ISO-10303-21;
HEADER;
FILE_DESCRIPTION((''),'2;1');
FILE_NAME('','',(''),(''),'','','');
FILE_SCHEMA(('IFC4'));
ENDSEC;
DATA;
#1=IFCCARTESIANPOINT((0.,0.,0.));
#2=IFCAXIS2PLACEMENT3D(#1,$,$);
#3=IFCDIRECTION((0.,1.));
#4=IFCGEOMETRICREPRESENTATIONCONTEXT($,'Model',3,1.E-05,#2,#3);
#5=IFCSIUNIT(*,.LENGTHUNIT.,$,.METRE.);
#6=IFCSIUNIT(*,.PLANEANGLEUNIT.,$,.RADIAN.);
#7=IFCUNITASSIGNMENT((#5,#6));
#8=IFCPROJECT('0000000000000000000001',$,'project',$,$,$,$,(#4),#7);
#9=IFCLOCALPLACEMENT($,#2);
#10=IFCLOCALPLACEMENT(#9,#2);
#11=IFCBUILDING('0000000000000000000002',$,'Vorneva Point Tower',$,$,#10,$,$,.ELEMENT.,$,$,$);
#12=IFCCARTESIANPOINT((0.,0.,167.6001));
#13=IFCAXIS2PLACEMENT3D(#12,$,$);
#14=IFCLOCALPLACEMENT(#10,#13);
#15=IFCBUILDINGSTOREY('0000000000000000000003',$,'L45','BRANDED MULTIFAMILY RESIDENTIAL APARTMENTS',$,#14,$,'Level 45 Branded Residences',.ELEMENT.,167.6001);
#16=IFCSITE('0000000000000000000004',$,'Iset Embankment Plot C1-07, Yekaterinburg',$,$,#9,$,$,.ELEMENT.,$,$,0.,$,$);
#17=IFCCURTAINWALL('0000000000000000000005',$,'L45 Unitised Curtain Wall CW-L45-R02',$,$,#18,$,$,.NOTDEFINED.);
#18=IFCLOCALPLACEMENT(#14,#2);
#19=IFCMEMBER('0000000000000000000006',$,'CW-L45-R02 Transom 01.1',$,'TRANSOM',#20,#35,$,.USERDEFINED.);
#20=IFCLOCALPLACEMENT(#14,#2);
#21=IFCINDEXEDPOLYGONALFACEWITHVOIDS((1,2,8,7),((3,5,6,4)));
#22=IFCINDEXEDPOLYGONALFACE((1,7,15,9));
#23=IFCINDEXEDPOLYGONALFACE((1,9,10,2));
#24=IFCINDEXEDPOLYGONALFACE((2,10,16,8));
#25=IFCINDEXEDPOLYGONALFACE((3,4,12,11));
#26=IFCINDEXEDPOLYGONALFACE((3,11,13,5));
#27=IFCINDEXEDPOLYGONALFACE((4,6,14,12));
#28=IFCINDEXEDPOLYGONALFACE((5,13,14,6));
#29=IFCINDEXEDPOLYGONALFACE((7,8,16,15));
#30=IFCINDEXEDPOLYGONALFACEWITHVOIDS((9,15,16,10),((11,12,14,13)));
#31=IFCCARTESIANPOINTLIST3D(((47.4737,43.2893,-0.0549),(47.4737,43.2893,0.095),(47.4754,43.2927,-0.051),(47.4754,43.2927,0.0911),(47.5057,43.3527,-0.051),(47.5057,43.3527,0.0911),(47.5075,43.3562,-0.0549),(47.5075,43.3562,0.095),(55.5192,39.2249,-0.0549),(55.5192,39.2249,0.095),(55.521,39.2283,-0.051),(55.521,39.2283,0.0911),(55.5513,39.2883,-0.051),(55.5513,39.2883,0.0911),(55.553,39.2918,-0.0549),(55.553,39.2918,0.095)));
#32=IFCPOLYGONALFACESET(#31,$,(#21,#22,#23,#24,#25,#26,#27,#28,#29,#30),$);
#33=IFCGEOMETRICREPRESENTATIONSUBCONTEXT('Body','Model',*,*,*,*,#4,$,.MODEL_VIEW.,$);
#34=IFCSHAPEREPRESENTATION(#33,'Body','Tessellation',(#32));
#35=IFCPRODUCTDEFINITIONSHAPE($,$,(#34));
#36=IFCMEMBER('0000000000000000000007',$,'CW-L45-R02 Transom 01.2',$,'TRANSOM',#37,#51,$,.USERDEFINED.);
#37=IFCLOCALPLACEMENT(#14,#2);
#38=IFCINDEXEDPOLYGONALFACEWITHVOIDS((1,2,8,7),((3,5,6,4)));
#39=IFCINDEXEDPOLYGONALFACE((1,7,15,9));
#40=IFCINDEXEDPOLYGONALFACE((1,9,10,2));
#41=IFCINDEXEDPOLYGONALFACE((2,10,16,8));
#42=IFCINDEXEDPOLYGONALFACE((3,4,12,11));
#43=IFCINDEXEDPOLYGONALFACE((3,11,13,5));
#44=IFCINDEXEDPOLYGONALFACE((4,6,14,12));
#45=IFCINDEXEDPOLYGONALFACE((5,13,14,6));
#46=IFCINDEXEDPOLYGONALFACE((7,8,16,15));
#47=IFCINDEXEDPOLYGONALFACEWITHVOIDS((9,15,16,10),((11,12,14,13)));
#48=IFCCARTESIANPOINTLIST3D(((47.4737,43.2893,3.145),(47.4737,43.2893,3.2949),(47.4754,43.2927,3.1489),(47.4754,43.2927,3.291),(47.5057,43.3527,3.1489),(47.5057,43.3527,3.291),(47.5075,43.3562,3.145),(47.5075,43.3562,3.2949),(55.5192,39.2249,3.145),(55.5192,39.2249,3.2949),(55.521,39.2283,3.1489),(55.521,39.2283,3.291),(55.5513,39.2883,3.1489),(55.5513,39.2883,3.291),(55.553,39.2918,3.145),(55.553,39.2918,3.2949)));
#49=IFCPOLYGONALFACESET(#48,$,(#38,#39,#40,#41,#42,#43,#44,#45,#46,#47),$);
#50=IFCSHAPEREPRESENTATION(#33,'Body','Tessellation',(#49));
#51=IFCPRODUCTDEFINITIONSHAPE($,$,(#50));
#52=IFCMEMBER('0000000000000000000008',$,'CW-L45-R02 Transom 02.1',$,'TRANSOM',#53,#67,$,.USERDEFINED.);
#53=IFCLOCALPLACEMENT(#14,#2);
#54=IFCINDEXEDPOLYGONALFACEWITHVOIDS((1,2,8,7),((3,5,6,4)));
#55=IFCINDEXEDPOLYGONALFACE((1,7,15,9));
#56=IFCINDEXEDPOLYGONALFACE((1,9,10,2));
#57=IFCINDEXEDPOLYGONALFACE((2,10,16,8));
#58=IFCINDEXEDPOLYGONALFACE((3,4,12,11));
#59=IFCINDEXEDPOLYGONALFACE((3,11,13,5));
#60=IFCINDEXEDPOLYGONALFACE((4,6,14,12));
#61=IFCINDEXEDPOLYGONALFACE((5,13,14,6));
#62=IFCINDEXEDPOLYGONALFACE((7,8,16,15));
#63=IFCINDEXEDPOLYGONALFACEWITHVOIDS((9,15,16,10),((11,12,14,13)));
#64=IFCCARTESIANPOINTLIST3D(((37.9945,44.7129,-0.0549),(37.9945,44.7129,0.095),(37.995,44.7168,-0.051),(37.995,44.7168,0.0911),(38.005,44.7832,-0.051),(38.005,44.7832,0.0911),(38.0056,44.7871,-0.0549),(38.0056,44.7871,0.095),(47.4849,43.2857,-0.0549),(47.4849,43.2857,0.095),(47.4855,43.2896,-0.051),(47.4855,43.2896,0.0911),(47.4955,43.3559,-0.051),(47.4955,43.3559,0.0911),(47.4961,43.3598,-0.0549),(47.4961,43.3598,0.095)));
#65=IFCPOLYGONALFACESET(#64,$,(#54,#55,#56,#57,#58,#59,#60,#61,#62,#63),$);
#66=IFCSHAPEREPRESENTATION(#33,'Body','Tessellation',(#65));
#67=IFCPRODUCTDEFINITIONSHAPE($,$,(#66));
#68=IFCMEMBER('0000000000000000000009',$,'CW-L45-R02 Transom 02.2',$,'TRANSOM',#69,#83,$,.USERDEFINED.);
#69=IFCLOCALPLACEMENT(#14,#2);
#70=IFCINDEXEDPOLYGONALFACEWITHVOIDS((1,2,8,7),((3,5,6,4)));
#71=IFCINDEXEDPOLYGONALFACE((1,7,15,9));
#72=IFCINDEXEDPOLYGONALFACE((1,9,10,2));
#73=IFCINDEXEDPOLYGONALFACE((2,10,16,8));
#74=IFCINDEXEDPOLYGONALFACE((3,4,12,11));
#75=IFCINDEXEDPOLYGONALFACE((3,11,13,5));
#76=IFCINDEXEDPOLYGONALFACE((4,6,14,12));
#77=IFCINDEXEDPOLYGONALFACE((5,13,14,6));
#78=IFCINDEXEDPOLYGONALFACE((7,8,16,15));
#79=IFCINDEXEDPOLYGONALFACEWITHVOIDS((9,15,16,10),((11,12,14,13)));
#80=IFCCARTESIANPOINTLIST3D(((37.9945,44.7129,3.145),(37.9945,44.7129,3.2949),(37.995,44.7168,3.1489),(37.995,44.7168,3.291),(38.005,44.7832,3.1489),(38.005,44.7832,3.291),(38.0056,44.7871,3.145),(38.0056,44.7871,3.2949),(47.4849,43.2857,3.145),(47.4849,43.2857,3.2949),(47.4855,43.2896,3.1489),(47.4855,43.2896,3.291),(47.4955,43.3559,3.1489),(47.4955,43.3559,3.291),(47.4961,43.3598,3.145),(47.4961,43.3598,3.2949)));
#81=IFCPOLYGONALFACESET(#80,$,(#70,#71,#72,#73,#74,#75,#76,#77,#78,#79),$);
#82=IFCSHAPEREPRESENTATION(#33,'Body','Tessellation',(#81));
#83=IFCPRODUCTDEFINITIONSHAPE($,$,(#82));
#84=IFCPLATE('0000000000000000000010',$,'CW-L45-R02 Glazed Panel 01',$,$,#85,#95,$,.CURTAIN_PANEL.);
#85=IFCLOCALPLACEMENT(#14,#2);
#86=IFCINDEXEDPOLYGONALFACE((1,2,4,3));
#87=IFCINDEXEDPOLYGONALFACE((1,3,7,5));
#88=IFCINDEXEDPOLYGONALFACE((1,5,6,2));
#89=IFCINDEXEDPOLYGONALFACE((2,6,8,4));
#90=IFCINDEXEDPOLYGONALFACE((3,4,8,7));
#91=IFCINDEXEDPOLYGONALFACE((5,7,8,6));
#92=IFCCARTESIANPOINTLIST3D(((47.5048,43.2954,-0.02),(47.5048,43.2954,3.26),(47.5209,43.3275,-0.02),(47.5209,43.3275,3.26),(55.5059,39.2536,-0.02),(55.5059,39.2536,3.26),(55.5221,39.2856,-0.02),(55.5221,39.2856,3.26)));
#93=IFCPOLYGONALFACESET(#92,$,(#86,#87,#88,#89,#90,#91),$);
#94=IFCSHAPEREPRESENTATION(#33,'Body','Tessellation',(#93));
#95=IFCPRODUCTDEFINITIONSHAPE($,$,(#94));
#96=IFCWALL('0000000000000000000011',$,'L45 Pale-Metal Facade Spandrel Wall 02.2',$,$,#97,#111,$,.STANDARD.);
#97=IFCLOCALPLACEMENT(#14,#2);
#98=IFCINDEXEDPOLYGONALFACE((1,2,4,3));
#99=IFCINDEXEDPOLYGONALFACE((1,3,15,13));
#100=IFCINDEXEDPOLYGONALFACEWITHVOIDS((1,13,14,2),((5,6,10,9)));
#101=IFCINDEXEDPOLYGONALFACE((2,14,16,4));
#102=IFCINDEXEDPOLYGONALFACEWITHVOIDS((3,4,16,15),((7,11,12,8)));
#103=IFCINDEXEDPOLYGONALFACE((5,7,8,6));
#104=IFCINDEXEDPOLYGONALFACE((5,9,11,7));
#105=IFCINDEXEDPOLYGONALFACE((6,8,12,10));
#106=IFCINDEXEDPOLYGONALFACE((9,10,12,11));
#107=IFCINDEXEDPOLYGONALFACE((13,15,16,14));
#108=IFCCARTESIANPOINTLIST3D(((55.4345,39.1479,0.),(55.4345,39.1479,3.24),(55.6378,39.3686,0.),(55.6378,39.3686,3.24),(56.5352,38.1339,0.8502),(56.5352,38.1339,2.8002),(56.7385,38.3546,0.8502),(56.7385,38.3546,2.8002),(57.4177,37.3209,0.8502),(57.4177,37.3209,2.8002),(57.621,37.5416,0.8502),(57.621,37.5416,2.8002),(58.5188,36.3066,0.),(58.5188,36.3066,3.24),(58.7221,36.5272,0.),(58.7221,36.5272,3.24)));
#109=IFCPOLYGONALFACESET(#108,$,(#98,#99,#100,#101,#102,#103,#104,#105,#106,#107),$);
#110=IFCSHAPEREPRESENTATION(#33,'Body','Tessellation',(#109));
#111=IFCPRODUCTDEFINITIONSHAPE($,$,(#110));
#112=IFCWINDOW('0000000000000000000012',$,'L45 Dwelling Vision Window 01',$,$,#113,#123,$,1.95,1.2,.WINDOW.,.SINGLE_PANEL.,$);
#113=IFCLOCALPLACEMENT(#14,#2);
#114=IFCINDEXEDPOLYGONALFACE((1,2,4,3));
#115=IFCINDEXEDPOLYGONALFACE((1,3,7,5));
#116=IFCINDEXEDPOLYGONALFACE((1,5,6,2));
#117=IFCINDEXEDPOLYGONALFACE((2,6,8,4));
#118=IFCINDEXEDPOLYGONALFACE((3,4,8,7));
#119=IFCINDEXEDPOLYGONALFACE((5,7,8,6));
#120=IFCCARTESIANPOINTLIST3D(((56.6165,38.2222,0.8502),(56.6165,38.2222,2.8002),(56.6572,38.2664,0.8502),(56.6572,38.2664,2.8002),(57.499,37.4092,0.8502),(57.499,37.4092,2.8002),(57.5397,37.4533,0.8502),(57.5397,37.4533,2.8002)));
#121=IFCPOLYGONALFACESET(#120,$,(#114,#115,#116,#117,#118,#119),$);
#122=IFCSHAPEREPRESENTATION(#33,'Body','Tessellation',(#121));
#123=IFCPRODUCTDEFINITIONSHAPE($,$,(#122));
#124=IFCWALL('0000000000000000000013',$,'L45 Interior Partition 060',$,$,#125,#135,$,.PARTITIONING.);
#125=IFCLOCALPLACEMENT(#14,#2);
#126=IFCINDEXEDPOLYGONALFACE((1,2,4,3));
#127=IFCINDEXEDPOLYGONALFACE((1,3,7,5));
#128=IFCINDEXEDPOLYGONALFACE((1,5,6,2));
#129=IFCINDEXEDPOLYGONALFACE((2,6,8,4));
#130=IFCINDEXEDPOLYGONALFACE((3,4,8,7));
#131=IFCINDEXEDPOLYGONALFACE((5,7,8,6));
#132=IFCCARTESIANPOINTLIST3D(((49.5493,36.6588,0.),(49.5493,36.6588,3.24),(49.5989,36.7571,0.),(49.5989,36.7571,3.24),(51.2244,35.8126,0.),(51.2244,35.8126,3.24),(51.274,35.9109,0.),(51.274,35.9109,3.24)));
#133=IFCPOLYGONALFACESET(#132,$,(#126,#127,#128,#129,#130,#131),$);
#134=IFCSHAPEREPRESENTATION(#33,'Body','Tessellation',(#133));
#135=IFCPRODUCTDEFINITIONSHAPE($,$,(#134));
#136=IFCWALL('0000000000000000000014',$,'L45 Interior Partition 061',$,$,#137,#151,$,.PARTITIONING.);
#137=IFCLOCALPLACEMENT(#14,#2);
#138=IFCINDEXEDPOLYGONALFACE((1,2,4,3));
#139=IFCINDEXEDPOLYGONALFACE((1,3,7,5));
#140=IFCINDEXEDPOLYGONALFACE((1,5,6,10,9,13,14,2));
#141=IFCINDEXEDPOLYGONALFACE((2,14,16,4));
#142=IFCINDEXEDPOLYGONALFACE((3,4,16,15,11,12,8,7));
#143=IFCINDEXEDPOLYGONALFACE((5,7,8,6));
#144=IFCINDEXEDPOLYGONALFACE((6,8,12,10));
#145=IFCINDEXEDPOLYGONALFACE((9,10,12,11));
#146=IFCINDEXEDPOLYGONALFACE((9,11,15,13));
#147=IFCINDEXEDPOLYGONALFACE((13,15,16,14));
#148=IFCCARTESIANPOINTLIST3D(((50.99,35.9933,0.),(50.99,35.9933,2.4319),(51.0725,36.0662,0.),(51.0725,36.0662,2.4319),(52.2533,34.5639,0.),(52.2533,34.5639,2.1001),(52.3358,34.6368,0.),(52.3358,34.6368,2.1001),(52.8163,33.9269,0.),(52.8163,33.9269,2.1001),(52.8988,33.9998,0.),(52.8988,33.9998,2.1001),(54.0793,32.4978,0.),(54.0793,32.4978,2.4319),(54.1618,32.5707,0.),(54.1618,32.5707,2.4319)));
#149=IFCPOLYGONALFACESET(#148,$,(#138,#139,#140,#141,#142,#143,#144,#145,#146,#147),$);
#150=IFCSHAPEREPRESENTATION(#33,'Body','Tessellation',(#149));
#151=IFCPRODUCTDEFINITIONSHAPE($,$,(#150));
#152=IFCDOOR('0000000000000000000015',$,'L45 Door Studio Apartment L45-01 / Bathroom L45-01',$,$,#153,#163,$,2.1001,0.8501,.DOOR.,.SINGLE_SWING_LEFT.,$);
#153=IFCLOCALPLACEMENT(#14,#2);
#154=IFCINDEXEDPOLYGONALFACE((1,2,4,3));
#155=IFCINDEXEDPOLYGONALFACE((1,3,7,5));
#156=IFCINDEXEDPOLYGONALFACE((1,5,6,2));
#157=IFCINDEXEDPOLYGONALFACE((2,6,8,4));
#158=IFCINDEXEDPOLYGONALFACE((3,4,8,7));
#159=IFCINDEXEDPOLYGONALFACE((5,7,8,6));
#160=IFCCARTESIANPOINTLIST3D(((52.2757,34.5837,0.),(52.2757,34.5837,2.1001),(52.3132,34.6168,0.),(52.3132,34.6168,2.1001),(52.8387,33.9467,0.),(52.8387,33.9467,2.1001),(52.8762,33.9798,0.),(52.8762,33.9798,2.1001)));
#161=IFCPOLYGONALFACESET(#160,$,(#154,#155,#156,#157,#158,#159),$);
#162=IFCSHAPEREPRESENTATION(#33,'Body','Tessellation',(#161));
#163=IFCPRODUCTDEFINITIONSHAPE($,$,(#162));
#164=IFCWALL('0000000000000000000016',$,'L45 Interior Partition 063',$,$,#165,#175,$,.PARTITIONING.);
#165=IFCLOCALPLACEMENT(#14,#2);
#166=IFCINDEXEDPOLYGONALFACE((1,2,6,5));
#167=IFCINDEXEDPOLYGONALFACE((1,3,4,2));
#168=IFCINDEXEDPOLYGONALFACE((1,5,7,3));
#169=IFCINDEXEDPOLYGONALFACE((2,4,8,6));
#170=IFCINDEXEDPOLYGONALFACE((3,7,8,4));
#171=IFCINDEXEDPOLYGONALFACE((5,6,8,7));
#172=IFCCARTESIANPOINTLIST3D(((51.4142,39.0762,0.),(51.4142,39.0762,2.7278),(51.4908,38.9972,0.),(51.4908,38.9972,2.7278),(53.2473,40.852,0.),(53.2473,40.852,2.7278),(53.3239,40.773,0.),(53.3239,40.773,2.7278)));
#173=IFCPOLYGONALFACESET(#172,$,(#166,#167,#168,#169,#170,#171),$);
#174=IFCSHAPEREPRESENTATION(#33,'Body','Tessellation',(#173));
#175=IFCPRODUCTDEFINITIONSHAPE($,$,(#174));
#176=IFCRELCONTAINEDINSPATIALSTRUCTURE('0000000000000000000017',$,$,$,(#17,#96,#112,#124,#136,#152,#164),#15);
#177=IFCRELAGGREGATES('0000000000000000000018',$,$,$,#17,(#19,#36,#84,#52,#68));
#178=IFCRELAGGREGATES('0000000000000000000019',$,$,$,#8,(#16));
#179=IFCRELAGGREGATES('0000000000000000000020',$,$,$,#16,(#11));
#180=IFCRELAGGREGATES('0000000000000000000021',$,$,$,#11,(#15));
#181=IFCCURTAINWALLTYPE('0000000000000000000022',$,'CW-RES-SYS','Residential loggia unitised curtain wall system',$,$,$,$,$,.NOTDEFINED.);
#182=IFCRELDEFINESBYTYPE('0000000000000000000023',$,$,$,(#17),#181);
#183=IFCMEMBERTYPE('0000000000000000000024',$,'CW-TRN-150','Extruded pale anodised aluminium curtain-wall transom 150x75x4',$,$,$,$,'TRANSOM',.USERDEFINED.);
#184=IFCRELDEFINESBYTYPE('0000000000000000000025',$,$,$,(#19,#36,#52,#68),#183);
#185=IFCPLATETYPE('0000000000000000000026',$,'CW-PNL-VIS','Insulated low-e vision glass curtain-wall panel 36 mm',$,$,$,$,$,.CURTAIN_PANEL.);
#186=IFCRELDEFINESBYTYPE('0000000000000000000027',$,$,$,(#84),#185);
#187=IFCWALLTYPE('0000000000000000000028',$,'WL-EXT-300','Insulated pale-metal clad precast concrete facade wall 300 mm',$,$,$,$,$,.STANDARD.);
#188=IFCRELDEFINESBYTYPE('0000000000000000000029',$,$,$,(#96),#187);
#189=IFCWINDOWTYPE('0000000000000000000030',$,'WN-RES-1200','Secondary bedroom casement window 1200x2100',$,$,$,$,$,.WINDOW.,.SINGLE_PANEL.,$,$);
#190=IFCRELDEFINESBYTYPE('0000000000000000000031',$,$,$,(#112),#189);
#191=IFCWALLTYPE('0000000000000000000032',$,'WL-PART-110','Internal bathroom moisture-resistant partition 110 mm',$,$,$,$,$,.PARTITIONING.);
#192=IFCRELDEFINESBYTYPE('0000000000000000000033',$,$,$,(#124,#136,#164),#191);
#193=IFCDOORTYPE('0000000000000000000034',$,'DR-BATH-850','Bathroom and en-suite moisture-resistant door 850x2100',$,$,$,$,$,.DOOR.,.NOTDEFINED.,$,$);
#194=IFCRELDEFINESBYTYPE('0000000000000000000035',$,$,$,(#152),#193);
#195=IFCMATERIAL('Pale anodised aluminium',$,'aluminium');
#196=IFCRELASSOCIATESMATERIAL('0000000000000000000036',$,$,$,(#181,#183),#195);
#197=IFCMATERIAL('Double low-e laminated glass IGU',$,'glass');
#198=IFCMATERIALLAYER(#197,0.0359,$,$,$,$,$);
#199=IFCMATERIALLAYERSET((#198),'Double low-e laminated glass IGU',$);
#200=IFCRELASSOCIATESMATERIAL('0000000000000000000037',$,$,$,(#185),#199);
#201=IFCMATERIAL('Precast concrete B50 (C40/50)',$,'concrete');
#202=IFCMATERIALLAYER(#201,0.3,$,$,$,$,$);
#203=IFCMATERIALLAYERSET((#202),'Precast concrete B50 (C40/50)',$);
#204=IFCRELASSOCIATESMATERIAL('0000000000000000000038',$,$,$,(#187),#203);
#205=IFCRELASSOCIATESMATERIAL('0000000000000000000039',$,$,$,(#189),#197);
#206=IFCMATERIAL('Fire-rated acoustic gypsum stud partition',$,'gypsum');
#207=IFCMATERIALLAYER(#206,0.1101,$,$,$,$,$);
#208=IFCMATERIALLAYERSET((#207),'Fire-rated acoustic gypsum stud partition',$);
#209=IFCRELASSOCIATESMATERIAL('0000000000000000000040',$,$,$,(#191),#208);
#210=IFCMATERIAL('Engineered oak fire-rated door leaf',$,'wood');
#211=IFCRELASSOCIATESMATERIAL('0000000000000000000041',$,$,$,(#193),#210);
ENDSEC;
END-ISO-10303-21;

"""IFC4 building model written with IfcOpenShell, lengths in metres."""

from ifc_helpers import new_model, si_unit, direction, frame, frame_2d, origin, origin_2d, place, context, subcontext, project, spatial, rectangle, hollow_rectangle, extrude, material, layer, layer_set, material_profile, profile_set, type_object, element, fill, aggregate, save


model = new_model("IFC4")

# Units and contexts
model_context = context("Model", 3, precision=1e-05, world=origin(), true_north=direction((0.0, 1.0)))
body_context = subcontext(model_context, "Body", "Model", "MODEL_VIEW")
ifc_project = project(units=[si_unit("LENGTHUNIT", "METRE"), si_unit("PLANEANGLEUNIT", "RADIAN")], contexts=[model_context])

# Site, building, storey
site_placement = place(None, origin())
site = spatial("IfcSite", under=ifc_project, at=site_placement, Name="Iset Embankment Plot C1-07, Yekaterinburg", CompositionType="ELEMENT", RefElevation=0.0)
building_placement = place(site_placement, origin())
building = spatial("IfcBuilding", under=site, at=building_placement, Name="Vorneva Point Tower", CompositionType="ELEMENT")
storey_placement = place(building_placement, frame((0.0, 0.0, 167.6001)))
storey = spatial("IfcBuildingStorey", under=building, at=storey_placement, Name="L45", Description="BRANDED MULTIFAMILY RESIDENTIAL APARTMENTS", LongName="Level 45 Branded Residences", CompositionType="ELEMENT", Elevation=167.6001)

# Curtain wall, members, plate
ifc_material_1 = material(Name="Pale anodised aluminium", Category="aluminium")
curtain_wall_type = type_object("IfcCurtainWallType", Name="CW-RES-SYS", Description="Residential loggia unitised curtain wall system", PredefinedType="NOTDEFINED", material=ifc_material_1)
curtain_wall_placement = place(storey_placement, origin())
curtain_wall = element("IfcCurtainWall", 1, at=curtain_wall_placement, inside=storey, type_object=curtain_wall_type, Name="L45 Unitised Curtain Wall CW-L45-R02", PredefinedType="NOTDEFINED")
ifc_material_profile_1 = material_profile(ifc_material_1, hollow_rectangle(XDim=0.075, YDim=0.1499, WallThickness=0.0039, at=origin_2d()), Name="AL-TRN 150x75x4")
ifc_profile_set_1 = profile_set([ifc_material_profile_1], Name="Pale anodised aluminium")
member_type_1 = type_object("IfcMemberType", Name="CW-TRN-150", Description="Extruded pale anodised aluminium curtain-wall transom 150x75x4", ElementType="TRANSOM", PredefinedType="USERDEFINED", material=ifc_profile_set_1)
member_1_placement = place(storey_placement, frame((55.5361, 39.2583, 0.02), z_axis=(-0.892572, 0.450904, 0.0), x_axis=(-0.450904, -0.892572, 0.0)))
member_1 = element("IfcMember", 2, at=member_1_placement, type_object=member_type_1, Name="CW-L45-R02 Transom 01.1", ObjectType="TRANSOM", PredefinedType="USERDEFINED", context=body_context, shape_type="SweptSolid", body=[
    extrude(hollow_rectangle(XDim=0.075, YDim=0.1499, WallThickness=0.0039, at=origin_2d()), origin(), (0.0, 0.0, 1.0), 9.0139),
])
member_2_placement = place(storey_placement, frame((55.5361, 39.2583, 3.22), z_axis=(-0.892572, 0.450904, 0.0), x_axis=(-0.450904, -0.892572, 0.0)))
member_2 = element("IfcMember", 3, at=member_2_placement, type_object=member_type_1, Name="CW-L45-R02 Transom 01.2", ObjectType="TRANSOM", PredefinedType="USERDEFINED", context=body_context, shape_type="SweptSolid", body=[
    extrude(hollow_rectangle(XDim=0.075, YDim=0.1499, WallThickness=0.0039, at=origin_2d()), origin(), (0.0, 0.0, 1.0), 9.0139),
])
member_3_placement = place(storey_placement, frame((47.4905, 43.3228, 0.02), z_axis=(-0.98888, 0.148715, 0.0), x_axis=(-0.148715, -0.98888, 0.0)))
member_3 = element("IfcMember", 4, at=member_3_placement, type_object=member_type_1, Name="CW-L45-R02 Transom 02.1", ObjectType="TRANSOM", PredefinedType="USERDEFINED", context=body_context, shape_type="SweptSolid", body=[
    extrude(hollow_rectangle(XDim=0.075, YDim=0.1499, WallThickness=0.0039, at=origin_2d()), origin(), (0.0, 0.0, 1.0), 9.5972),
])
member_4_placement = place(storey_placement, frame((47.4905, 43.3228, 3.22), z_axis=(-0.98888, 0.148715, 0.0), x_axis=(-0.148715, -0.98888, 0.0)))
member_4 = element("IfcMember", 5, at=member_4_placement, type_object=member_type_1, Name="CW-L45-R02 Transom 02.2", ObjectType="TRANSOM", PredefinedType="USERDEFINED", context=body_context, shape_type="SweptSolid", body=[
    extrude(hollow_rectangle(XDim=0.075, YDim=0.1499, WallThickness=0.0039, at=origin_2d()), origin(), (0.0, 0.0, 1.0), 9.5972),
])
ifc_material_2 = material(Name="Double low-e laminated glass IGU", Category="glass")
ifc_layer_1 = layer(ifc_material_2, 0.0359)
ifc_layer_set_1 = layer_set([ifc_layer_1], Name="Double low-e laminated glass IGU")
plate_type = type_object("IfcPlateType", Name="CW-PNL-VIS", Description="Insulated low-e vision glass curtain-wall panel 36 mm", PredefinedType="CURTAIN_PANEL", material=ifc_layer_set_1)
plate_placement = place(storey_placement, frame((51.5134, 41.2905, -0.02), z_axis=(0.0, 0.0, 1.0), x_axis=(-0.892578, 0.450893, 0.0)))
plate = element("IfcPlate", 6, at=plate_placement, type_object=plate_type, Name="CW-L45-R02 Glazed Panel 01", PredefinedType="CURTAIN_PANEL", context=body_context, shape_type="SweptSolid", body=[
    extrude(rectangle(XDim=8.9641, YDim=0.0359, at=origin_2d()), origin(), (0.0, 0.0, 1.0), 3.28),
])
aggregate(curtain_wall, [member_1, member_2, plate, member_3, member_4])

# Wall, opening, window
ifc_material_3 = material(Name="Precast concrete B50 (C40/50)", Category="concrete")
ifc_layer_2 = layer(ifc_material_3, 0.3)
ifc_layer_set_2 = layer_set([ifc_layer_2], Name="Precast concrete B50 (C40/50)")
wall_type_1 = type_object("IfcWallType", Name="WL-EXT-300", Description="Insulated pale-metal clad precast concrete facade wall 300 mm", PredefinedType="STANDARD", material=ifc_layer_set_2)
wall_1_placement = place(storey_placement, frame((58.6204, 36.417, 0.0), z_axis=(0.0, 0.0, 1.0), x_axis=(-0.735477, 0.67755, 0.0)))
wall_1 = element("IfcWall", 7, at=wall_1_placement, inside=storey, type_object=wall_type_1, Name="L45 Pale-Metal Facade Spandrel Wall 02.2", PredefinedType="STANDARD", context=body_context, shape_type="SweptSolid", body=[
    extrude(rectangle(XDim=4.1936, YDim=0.3, at=frame_2d((2.0967, 0.0))), origin(), (0.0, 0.0, 1.0), 3.24),
])
opening_1_placement = place(wall_1_placement, frame((1.4968, 0.0, 0.8501)))
opening_1 = element("IfcOpeningElement", 8, at=opening_1_placement, cuts=wall_1, PredefinedType="OPENING", context=body_context, shape_type="SweptSolid", body=[
    extrude(rectangle(XDim=1.2, YDim=1.95, at=frame_2d((0.6001, 0.9751))), frame((0.0, 0.165, 0.0), z_axis=(0.0, -1.0, 0.0), x_axis=(1.0, 0.0, 0.0)), (0.0, 0.0, 1.0), 0.3298),
])
window_type = type_object("IfcWindowType", Name="WN-RES-1200", Description="Secondary bedroom casement window 1200x2100", PartitioningType="SINGLE_PANEL", PredefinedType="WINDOW", material=ifc_material_2)
window_placement = place(opening_1_placement, origin())
window = element("IfcWindow", 9, at=window_placement, inside=storey, type_object=window_type, Name="L45 Dwelling Vision Window 01", OverallHeight=1.95, OverallWidth=1.2, PartitioningType="SINGLE_PANEL", PredefinedType="WINDOW", context=body_context, shape_type="SweptSolid", body=[
    extrude(rectangle(XDim=1.2, YDim=1.95, at=frame_2d((0.6001, 0.9751))), frame((0.0, 0.03, 0.0), z_axis=(0.0, -1.0, 0.0), x_axis=(1.0, 0.0, 0.0)), (0.0, 0.0, 1.0), 0.0601),
])
fill(opening_1, window)

# Wall
ifc_material_4 = material(Name="Fire-rated acoustic gypsum stud partition", Category="gypsum")
ifc_layer_3 = layer(ifc_material_4, 0.1101)
ifc_layer_set_3 = layer_set([ifc_layer_3], Name="Fire-rated acoustic gypsum stud partition")
wall_type_2 = type_object("IfcWallType", Name="WL-PART-110", Description="Internal bathroom moisture-resistant partition 110 mm", PredefinedType="PARTITIONING", material=ifc_layer_set_3)
wall_2_placement = place(storey_placement, frame((49.574, 36.708, 0.0), z_axis=(0.0, 0.0, 1.0), x_axis=(0.892572, -0.450904, 0.0)))
element("IfcWall", 10, at=wall_2_placement, inside=storey, type_object=wall_type_2, Name="L45 Interior Partition 060", PredefinedType="PARTITIONING", context=body_context, shape_type="SweptSolid", body=[
    extrude(rectangle(XDim=1.8767, YDim=0.1101, at=frame_2d((0.9385, 0.0))), origin(), (0.0, 0.0, 1.0), 3.24),
])

# Wall, opening, door
wall_3_placement = place(storey_placement, frame((51.0312, 36.0298, 0.0), z_axis=(0.0, 0.0, 1.0), x_axis=(0.662224, -0.749306, 0.0)))
wall_3 = element("IfcWall", 11, at=wall_3_placement, inside=storey, type_object=wall_type_2, Name="L45 Interior Partition 061", PredefinedType="PARTITIONING", context=body_context, shape_type="SweptSolid", body=[
    extrude(rectangle(XDim=4.665, YDim=0.1101, at=frame_2d((2.3325, 0.0))), origin(), (0.0, 0.0, 1.0), 2.4319),
])
opening_2_placement = place(wall_3_placement, frame((1.9077, 0.0, 0.0)))
opening_2 = element("IfcOpeningElement", 12, at=opening_2_placement, cuts=wall_3, PredefinedType="OPENING", context=body_context, shape_type="SweptSolid", body=[
    extrude(rectangle(XDim=0.8501, YDim=2.1001, at=frame_2d((0.425, 1.05))), frame((0.0, 0.0698, 0.0), z_axis=(0.0, -1.0, 0.0), x_axis=(1.0, 0.0, 0.0)), (0.0, 0.0, 1.0), 0.1399),
])
ifc_material_5 = material(Name="Engineered oak fire-rated door leaf", Category="wood")
door_type_1 = type_object("IfcDoorType", Name="DR-BATH-850", Description="Bathroom and en-suite moisture-resistant door 850x2100", OperationType="NOTDEFINED", PredefinedType="DOOR", material=ifc_material_5)
door_1_placement = place(opening_2_placement, origin())
door_1 = element("IfcDoor", 13, at=door_1_placement, inside=storey, type_object=door_type_1, Name="L45 Door Studio Apartment L45-01 / Bathroom L45-01", OperationType="SINGLE_SWING_LEFT", OverallHeight=2.1001, OverallWidth=0.8501, PredefinedType="DOOR", context=body_context, shape_type="SweptSolid", body=[
    extrude(rectangle(XDim=0.8501, YDim=2.1001, at=frame_2d((0.425, 1.05))), frame((0.0, 0.0249, 0.0), z_axis=(0.0, -1.0, 0.0), x_axis=(1.0, 0.0, 0.0)), (0.0, 0.0, 1.0), 0.05),
])
fill(opening_2, door_1)

# Wall
wall_4_placement = place(storey_placement, frame((53.2856, 40.8125, 0.0), z_axis=(0.0, 0.0, 1.0), x_axis=(-0.718257, -0.695778, 0.0)))
element("IfcWall", 14, at=wall_4_placement, inside=storey, type_object=wall_type_2, Name="L45 Interior Partition 063", PredefinedType="PARTITIONING", context=body_context, shape_type="SweptSolid", body=[
    extrude(rectangle(XDim=2.5522, YDim=0.1101, at=frame_2d((1.2761, 0.0))), origin(), (0.0, 0.0, 1.0), 2.7278),
])

save(model, "model.ifc")
